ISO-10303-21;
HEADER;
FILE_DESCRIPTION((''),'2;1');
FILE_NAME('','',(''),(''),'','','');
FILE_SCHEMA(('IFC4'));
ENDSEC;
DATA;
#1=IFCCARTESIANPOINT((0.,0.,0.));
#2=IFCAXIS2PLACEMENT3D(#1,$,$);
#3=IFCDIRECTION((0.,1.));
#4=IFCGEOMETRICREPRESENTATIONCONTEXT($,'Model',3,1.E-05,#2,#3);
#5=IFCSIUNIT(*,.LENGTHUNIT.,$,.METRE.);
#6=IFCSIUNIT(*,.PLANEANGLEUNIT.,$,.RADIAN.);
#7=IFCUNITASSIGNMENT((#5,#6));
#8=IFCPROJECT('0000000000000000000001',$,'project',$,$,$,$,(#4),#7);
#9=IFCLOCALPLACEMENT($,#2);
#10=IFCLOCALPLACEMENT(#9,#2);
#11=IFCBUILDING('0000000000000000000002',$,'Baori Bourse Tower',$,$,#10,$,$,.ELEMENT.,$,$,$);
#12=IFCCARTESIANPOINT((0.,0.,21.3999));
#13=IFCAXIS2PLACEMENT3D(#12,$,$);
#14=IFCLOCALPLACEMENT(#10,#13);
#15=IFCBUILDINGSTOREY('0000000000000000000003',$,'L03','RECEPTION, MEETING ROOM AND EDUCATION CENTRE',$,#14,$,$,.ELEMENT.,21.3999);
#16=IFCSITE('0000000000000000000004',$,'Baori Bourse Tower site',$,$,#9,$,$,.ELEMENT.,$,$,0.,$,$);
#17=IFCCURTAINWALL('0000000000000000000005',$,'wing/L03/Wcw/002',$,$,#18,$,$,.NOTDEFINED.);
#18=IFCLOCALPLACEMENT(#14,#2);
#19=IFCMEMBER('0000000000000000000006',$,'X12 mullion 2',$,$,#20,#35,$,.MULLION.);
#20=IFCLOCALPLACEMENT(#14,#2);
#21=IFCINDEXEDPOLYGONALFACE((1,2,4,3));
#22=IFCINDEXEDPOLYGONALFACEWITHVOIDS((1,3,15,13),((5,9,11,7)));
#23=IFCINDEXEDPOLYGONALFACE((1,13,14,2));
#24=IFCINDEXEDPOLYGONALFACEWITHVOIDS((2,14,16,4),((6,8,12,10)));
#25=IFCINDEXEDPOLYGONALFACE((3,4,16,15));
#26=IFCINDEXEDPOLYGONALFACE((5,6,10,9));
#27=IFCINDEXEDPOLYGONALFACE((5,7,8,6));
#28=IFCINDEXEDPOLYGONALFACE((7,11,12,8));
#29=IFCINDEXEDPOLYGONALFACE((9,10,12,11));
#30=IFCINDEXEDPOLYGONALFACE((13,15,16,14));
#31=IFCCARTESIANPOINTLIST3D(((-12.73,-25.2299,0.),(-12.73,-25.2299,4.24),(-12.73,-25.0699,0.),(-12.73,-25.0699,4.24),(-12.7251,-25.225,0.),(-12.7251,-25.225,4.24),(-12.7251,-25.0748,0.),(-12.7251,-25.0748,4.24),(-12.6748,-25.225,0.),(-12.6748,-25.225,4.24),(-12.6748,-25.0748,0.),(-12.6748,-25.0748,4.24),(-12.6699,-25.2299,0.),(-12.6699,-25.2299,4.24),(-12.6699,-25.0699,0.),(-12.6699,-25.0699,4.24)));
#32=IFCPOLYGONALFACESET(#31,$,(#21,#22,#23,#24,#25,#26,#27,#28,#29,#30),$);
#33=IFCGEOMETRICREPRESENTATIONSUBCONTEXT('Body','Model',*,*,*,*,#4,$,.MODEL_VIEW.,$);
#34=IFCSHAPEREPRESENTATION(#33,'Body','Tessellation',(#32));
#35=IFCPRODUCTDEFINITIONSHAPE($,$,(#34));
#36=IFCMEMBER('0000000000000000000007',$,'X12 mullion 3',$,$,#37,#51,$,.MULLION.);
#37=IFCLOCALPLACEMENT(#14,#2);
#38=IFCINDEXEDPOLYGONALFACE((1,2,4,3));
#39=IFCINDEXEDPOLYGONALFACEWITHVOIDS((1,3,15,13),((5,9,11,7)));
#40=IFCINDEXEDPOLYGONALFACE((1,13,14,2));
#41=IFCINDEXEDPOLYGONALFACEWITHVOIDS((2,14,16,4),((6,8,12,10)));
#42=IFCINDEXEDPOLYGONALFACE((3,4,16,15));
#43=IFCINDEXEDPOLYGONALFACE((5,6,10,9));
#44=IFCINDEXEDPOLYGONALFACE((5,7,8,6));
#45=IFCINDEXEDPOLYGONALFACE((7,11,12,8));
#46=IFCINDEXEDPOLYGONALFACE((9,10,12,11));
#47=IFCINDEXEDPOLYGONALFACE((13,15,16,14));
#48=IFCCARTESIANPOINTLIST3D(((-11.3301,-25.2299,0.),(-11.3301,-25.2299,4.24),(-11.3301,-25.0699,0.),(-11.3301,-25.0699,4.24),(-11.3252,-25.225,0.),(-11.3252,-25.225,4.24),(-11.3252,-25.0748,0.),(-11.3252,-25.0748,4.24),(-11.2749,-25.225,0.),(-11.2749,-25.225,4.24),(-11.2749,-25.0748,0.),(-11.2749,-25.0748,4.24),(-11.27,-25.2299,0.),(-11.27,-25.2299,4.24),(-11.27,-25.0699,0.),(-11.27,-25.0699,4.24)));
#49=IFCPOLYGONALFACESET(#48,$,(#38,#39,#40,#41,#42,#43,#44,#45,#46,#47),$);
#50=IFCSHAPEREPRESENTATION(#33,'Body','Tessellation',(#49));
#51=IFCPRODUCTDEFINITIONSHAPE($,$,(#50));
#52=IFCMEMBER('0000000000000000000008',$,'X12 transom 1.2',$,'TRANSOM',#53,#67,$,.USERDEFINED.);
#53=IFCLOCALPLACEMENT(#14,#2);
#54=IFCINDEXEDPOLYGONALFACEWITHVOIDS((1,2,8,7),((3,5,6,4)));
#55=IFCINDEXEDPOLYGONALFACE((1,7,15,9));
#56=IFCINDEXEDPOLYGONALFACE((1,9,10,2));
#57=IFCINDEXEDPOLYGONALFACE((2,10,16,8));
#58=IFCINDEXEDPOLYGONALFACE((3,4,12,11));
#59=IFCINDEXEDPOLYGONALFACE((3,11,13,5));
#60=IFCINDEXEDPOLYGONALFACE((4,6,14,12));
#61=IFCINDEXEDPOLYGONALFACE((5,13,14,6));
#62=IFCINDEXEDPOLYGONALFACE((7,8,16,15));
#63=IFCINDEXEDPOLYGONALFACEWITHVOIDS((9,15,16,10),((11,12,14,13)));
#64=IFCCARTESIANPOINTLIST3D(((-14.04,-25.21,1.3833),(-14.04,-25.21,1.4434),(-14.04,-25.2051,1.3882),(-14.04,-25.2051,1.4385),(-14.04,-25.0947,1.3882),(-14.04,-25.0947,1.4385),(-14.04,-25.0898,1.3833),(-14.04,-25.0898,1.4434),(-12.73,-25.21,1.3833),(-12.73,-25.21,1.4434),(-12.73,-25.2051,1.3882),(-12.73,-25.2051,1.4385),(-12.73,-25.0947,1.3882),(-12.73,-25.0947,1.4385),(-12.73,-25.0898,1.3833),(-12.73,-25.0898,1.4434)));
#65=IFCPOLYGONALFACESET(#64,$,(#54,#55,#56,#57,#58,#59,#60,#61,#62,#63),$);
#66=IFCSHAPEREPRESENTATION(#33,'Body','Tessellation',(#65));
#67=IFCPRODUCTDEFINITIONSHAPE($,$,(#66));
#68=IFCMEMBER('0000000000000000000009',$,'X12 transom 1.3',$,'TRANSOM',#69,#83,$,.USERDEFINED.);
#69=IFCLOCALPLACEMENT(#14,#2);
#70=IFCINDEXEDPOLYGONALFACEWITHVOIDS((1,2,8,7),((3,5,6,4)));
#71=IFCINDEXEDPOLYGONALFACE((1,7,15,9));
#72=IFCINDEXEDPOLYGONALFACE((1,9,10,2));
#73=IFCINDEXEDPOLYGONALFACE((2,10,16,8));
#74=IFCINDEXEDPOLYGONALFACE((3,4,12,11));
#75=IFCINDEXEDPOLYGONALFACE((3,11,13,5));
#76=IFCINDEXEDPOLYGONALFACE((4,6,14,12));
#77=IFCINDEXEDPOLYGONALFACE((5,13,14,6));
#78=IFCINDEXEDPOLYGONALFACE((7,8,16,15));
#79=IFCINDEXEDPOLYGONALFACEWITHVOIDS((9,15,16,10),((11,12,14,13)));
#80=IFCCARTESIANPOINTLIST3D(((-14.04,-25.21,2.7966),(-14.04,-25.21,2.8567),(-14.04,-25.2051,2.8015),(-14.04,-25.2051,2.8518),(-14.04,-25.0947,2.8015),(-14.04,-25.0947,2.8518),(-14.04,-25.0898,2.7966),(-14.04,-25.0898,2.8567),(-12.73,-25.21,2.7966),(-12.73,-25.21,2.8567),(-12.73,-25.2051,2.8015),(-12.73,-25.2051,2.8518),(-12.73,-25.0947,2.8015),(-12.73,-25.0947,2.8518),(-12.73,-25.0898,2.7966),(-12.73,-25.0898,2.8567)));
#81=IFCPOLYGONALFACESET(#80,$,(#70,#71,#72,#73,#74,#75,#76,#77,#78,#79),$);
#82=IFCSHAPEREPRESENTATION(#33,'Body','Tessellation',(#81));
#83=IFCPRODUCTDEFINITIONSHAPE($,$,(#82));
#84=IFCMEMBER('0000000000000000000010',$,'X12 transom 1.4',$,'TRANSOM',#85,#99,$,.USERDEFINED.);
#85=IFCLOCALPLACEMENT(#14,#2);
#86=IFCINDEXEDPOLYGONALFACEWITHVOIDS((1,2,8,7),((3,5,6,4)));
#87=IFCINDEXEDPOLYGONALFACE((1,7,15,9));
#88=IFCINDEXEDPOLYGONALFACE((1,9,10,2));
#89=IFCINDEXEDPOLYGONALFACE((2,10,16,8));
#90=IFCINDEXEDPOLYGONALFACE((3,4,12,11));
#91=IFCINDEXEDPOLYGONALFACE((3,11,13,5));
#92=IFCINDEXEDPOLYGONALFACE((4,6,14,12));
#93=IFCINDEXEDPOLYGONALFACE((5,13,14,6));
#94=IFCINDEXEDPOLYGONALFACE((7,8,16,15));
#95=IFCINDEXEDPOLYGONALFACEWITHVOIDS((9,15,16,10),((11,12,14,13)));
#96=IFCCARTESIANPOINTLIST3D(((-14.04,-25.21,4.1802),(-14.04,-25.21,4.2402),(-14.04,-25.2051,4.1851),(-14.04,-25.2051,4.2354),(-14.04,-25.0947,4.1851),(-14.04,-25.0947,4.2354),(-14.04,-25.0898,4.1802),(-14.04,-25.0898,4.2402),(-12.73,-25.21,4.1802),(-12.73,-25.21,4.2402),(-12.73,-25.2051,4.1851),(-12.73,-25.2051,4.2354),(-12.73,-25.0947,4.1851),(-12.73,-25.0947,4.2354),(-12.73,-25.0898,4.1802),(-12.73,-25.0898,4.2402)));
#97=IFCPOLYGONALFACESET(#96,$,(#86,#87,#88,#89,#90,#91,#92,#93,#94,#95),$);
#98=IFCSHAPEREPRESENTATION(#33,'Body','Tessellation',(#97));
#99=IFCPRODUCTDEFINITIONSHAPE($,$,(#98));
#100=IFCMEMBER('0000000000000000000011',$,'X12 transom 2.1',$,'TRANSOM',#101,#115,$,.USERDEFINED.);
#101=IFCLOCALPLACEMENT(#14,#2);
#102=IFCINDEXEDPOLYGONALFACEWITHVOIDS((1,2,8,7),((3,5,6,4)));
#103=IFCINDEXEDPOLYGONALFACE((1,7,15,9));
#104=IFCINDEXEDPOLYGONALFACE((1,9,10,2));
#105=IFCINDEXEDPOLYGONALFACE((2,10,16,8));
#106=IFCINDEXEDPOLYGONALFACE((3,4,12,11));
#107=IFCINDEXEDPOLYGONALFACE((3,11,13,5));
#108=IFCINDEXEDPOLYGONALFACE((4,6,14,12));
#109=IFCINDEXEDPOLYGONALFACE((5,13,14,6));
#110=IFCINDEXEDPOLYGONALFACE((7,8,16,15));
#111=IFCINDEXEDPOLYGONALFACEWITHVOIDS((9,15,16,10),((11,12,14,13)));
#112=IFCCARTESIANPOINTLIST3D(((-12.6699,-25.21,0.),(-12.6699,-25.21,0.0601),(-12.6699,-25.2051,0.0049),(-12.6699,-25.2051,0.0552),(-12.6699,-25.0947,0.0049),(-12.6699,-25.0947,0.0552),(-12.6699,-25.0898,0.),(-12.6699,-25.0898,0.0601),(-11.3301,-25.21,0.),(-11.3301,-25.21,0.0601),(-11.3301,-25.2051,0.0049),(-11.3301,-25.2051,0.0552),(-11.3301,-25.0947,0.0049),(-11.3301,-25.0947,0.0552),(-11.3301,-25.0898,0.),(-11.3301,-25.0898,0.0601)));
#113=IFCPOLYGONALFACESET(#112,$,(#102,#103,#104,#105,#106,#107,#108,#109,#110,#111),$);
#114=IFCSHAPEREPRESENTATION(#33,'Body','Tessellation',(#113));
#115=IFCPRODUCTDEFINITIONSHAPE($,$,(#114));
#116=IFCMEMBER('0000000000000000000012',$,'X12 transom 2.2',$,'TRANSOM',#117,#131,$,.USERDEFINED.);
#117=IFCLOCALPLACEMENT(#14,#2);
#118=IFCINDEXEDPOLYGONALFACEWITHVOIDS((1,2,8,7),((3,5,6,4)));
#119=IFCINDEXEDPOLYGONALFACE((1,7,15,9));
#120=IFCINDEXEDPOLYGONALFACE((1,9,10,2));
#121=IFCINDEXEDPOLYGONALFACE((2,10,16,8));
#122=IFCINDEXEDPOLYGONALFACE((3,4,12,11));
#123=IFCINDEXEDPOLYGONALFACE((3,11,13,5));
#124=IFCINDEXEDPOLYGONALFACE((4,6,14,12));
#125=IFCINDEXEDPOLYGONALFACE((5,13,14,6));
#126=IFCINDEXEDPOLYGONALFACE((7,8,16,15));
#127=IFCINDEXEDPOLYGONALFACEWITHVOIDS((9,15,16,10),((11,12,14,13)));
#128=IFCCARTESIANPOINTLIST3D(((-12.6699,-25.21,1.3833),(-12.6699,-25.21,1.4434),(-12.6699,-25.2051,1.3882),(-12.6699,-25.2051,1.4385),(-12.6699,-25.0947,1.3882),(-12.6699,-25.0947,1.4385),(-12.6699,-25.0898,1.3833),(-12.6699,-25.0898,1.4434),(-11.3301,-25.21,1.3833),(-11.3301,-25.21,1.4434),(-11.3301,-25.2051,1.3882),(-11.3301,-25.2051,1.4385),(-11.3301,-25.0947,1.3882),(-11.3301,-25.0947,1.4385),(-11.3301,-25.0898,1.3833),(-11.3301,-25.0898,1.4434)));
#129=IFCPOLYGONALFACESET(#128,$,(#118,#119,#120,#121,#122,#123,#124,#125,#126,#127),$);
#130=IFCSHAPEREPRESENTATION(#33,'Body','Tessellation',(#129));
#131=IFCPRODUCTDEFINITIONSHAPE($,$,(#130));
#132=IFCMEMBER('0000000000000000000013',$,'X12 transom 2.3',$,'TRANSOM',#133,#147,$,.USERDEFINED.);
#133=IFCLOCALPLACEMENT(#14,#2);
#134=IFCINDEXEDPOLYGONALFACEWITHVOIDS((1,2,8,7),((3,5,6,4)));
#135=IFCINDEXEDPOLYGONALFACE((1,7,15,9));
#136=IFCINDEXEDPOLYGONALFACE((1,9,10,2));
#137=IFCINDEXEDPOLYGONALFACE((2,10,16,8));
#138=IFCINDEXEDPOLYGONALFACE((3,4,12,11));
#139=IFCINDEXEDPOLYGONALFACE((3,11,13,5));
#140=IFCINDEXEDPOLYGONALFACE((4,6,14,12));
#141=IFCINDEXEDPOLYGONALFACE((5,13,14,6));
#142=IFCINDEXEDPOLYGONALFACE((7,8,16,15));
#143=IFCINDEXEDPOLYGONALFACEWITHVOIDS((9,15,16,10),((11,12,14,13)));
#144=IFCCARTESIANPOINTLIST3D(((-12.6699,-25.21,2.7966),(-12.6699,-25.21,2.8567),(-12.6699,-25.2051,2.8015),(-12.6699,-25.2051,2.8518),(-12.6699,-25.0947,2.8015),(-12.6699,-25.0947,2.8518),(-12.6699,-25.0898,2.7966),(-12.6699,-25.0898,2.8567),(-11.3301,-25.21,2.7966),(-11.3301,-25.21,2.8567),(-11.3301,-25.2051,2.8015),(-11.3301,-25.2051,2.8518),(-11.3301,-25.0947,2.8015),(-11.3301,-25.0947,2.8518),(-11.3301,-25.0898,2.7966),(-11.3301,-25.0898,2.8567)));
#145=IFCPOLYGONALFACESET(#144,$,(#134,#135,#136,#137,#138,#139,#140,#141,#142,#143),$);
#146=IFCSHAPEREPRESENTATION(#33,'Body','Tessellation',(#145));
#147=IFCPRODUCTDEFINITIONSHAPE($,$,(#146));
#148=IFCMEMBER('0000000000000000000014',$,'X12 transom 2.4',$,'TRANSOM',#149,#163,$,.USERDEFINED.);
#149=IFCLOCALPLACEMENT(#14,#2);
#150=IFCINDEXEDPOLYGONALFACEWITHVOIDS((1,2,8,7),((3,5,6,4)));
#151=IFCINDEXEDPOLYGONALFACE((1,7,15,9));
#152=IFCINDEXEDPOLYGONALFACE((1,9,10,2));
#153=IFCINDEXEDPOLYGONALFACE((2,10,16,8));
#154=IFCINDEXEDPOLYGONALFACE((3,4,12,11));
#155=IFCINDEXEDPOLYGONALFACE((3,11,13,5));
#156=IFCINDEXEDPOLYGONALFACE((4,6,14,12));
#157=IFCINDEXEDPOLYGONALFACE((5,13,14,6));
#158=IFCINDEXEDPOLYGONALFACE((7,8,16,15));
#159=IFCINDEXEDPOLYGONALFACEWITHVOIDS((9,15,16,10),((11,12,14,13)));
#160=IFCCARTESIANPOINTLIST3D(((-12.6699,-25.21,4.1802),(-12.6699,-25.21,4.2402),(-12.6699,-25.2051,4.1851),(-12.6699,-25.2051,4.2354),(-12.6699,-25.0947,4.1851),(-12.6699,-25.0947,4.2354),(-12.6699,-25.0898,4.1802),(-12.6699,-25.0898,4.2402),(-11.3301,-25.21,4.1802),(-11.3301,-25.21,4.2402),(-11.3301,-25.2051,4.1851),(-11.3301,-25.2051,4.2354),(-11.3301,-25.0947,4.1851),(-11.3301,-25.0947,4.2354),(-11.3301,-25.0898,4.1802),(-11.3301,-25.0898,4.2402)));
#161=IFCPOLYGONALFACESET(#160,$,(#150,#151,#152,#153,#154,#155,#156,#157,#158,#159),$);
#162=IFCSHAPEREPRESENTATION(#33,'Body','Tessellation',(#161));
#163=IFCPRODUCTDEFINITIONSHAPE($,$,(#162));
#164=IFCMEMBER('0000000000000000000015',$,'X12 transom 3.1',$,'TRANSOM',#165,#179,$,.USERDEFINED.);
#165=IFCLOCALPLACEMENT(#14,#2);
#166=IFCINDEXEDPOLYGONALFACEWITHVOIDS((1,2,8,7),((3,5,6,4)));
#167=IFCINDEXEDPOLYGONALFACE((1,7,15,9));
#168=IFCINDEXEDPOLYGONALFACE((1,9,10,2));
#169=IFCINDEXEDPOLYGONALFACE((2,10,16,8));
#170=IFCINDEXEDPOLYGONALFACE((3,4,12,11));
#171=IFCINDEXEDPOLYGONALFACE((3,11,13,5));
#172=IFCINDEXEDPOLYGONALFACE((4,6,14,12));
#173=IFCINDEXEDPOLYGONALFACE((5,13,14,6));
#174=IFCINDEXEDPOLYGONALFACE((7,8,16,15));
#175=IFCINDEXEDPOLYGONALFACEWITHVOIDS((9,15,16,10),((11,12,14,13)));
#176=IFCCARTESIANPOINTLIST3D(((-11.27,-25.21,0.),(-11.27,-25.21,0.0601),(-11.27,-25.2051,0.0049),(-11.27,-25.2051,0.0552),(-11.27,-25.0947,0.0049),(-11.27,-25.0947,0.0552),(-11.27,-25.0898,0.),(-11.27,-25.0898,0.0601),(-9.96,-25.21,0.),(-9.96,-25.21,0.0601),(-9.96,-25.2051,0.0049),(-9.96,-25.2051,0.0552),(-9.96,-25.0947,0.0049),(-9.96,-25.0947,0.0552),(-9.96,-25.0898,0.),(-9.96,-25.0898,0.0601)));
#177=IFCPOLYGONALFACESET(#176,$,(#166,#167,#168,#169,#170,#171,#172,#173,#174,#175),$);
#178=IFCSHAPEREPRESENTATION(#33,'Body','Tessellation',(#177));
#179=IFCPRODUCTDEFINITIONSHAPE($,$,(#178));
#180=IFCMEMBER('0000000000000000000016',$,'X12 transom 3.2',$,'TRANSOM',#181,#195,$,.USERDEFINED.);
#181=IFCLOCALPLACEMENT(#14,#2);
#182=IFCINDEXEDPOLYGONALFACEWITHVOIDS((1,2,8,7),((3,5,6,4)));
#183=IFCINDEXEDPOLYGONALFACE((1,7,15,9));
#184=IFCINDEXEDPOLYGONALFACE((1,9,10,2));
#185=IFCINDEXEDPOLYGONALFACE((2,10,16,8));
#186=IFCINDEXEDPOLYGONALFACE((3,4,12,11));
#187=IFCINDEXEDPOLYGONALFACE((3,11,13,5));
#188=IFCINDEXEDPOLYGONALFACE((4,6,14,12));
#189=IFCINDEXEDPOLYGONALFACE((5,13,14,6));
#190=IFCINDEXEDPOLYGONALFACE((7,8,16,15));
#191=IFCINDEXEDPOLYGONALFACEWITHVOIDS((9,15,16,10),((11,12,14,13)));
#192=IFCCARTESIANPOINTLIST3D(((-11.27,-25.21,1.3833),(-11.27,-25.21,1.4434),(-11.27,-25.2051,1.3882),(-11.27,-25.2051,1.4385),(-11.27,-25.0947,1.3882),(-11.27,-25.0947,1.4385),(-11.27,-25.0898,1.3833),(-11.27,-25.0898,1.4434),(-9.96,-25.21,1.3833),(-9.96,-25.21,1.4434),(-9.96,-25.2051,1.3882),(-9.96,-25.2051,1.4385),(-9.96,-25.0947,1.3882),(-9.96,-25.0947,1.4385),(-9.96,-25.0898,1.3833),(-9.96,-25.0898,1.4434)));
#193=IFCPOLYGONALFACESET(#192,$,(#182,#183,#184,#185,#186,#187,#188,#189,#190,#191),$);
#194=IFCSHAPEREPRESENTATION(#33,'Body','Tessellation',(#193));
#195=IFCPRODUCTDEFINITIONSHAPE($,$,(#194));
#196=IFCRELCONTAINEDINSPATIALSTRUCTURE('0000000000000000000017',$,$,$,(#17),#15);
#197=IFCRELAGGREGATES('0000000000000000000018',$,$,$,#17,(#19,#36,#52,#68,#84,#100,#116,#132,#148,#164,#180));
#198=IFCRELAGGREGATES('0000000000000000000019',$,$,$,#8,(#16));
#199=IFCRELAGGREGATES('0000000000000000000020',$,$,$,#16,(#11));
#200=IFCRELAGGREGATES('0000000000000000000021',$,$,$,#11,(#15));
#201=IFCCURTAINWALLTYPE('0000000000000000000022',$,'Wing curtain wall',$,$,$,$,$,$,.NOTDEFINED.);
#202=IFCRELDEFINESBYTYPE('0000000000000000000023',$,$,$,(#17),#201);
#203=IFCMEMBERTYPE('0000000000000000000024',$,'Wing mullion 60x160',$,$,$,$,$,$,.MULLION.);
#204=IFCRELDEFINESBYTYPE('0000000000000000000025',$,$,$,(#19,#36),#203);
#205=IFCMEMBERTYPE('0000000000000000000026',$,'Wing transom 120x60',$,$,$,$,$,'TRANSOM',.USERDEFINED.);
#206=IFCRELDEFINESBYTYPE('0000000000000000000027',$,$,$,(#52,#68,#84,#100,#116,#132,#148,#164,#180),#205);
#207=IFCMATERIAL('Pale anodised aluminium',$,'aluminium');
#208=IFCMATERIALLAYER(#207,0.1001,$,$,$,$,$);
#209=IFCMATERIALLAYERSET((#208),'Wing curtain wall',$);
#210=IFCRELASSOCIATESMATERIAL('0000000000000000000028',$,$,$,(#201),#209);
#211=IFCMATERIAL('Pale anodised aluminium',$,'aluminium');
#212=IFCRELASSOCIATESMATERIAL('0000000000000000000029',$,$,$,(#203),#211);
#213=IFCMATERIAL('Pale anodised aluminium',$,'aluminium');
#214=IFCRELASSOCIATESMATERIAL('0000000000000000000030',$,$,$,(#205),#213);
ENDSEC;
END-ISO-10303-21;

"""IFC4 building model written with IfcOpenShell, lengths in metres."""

from ifc_helpers import new_model, si_unit, direction, frame, origin, origin_2d, place, context, subcontext, project, spatial, hollow_rectangle, extrude, material, layer, layer_set, material_profile, profile_set, type_object, element, aggregate, save


model = new_model("IFC4")

# Units and contexts
model_context = context("Model", 3, precision=1e-05, world=origin(), true_north=direction((0.0, 1.0)))
body_context = subcontext(model_context, "Body", "Model", "MODEL_VIEW")
ifc_project = project(units=[si_unit("LENGTHUNIT", "METRE"), si_unit("PLANEANGLEUNIT", "RADIAN")], contexts=[model_context])

# Site, building, storey
site_placement = place(None, origin())
site = spatial("IfcSite", under=ifc_project, at=site_placement, Name="Baori Bourse Tower site", CompositionType="ELEMENT", RefElevation=0.0)
building_placement = place(site_placement, origin())
building = spatial("IfcBuilding", under=site, at=building_placement, Name="Baori Bourse Tower", CompositionType="ELEMENT")
storey_placement = place(building_placement, frame((0.0, 0.0, 21.3999)))
storey = spatial("IfcBuildingStorey", under=building, at=storey_placement, Name="L03", Description="RECEPTION, MEETING ROOM AND EDUCATION CENTRE", CompositionType="ELEMENT", Elevation=21.3999)

# Curtain wall, members
ifc_material_1 = material(Name="Pale anodised aluminium", Category="aluminium")
ifc_layer_1 = layer(ifc_material_1, 0.1001)
ifc_layer_set_1 = layer_set([ifc_layer_1], Name="Wing curtain wall")
curtain_wall_type = type_object("IfcCurtainWallType", Name="Wing curtain wall", PredefinedType="NOTDEFINED", material=ifc_layer_set_1)
curtain_wall_placement = place(storey_placement, origin())
curtain_wall = element("IfcCurtainWall", 1, at=curtain_wall_placement, inside=storey, type_object=curtain_wall_type, Name="wing/L03/Wcw/002", PredefinedType="NOTDEFINED")
ifc_material_2 = material(Name="Pale anodised aluminium", Category="aluminium")
ifc_material_profile_1 = material_profile(ifc_material_2, hollow_rectangle(XDim=0.1599, YDim=0.0601, WallThickness=0.0049, at=origin_2d()), Name="Mullion 160x60x5")
ifc_profile_set_1 = profile_set([ifc_material_profile_1], Name="Pale anodised aluminium")
member_type_1 = type_object("IfcMemberType", Name="Wing mullion 60x160", PredefinedType="MULLION", material=ifc_profile_set_1)
member_1_placement = place(storey_placement, frame((-12.7, -25.1499, 0.0), z_axis=(0.0, 0.0, 1.0), x_axis=(0.0, 1.0, 0.0)))
member_1 = element("IfcMember", 2, at=member_1_placement, type_object=member_type_1, Name="X12 mullion 2", PredefinedType="MULLION", context=body_context, shape_type="SweptSolid", body=[
    extrude(hollow_rectangle(XDim=0.1599, YDim=0.0601, WallThickness=0.0049, at=origin_2d()), origin(), (0.0, 0.0, 1.0), 4.24),
])
member_2_placement = place(storey_placement, frame((-11.3, -25.1499, 0.0), z_axis=(0.0, 0.0, 1.0), x_axis=(0.0, 1.0, 0.0)))
member_2 = element("IfcMember", 3, at=member_2_placement, type_object=member_type_1, Name="X12 mullion 3", PredefinedType="MULLION", context=body_context, shape_type="SweptSolid", body=[
    extrude(hollow_rectangle(XDim=0.1599, YDim=0.0601, WallThickness=0.0049, at=origin_2d()), origin(), (0.0, 0.0, 1.0), 4.24),
])
ifc_material_3 = material(Name="Pale anodised aluminium", Category="aluminium")
ifc_material_profile_2 = material_profile(ifc_material_3, hollow_rectangle(XDim=0.1201, YDim=0.0601, WallThickness=0.0049, at=origin_2d()), Name="Transom 120x60x5")
ifc_profile_set_2 = profile_set([ifc_material_profile_2], Name="Pale anodised aluminium")
member_type_2 = type_object("IfcMemberType", Name="Wing transom 120x60", ElementType="TRANSOM", PredefinedType="USERDEFINED", material=ifc_profile_set_2)
member_3_placement = place(storey_placement, frame((-14.04, -25.1499, 1.4133), z_axis=(1.0, 0.0, 0.0), x_axis=(0.0, 1.0, 0.0)))
member_3 = element("IfcMember", 4, at=member_3_placement, type_object=member_type_2, Name="X12 transom 1.2", ObjectType="TRANSOM", PredefinedType="USERDEFINED", context=body_context, shape_type="SweptSolid", body=[
    extrude(hollow_rectangle(XDim=0.1201, YDim=0.0601, WallThickness=0.0049, at=origin_2d()), origin(), (0.0, 0.0, 1.0), 1.3101),
])
member_4_placement = place(storey_placement, frame((-14.04, -25.1499, 2.8267), z_axis=(1.0, 0.0, 0.0), x_axis=(0.0, 1.0, 0.0)))
member_4 = element("IfcMember", 5, at=member_4_placement, type_object=member_type_2, Name="X12 transom 1.3", ObjectType="TRANSOM", PredefinedType="USERDEFINED", context=body_context, shape_type="SweptSolid", body=[
    extrude(hollow_rectangle(XDim=0.1201, YDim=0.0601, WallThickness=0.0049, at=origin_2d()), origin(), (0.0, 0.0, 1.0), 1.3101),
])
member_5_placement = place(storey_placement, frame((-14.04, -25.1499, 4.2102), z_axis=(1.0, 0.0, 0.0), x_axis=(0.0, 1.0, 0.0)))
member_5 = element("IfcMember", 6, at=member_5_placement, type_object=member_type_2, Name="X12 transom 1.4", ObjectType="TRANSOM", PredefinedType="USERDEFINED", context=body_context, shape_type="SweptSolid", body=[
    extrude(hollow_rectangle(XDim=0.1201, YDim=0.0601, WallThickness=0.0049, at=origin_2d()), origin(), (0.0, 0.0, 1.0), 1.3101),
])
member_6_placement = place(storey_placement, frame((-12.6699, -25.1499, 0.03), z_axis=(1.0, 0.0, 0.0), x_axis=(0.0, 1.0, 0.0)))
member_6 = element("IfcMember", 7, at=member_6_placement, type_object=member_type_2, Name="X12 transom 2.1", ObjectType="TRANSOM", PredefinedType="USERDEFINED", context=body_context, shape_type="SweptSolid", body=[
    extrude(hollow_rectangle(XDim=0.1201, YDim=0.0601, WallThickness=0.0049, at=origin_2d()), origin(), (0.0, 0.0, 1.0), 1.3398),
])
member_7_placement = place(storey_placement, frame((-12.6699, -25.1499, 1.4133), z_axis=(1.0, 0.0, 0.0), x_axis=(0.0, 1.0, 0.0)))
member_7 = element("IfcMember", 8, at=member_7_placement, type_object=member_type_2, Name="X12 transom 2.2", ObjectType="TRANSOM", PredefinedType="USERDEFINED", context=body_context, shape_type="SweptSolid", body=[
    extrude(hollow_rectangle(XDim=0.1201, YDim=0.0601, WallThickness=0.0049, at=origin_2d()), origin(), (0.0, 0.0, 1.0), 1.3398),
])
member_8_placement = place(storey_placement, frame((-12.6699, -25.1499, 2.8267), z_axis=(1.0, 0.0, 0.0), x_axis=(0.0, 1.0, 0.0)))
member_8 = element("IfcMember", 9, at=member_8_placement, type_object=member_type_2, Name="X12 transom 2.3", ObjectType="TRANSOM", PredefinedType="USERDEFINED", context=body_context, shape_type="SweptSolid", body=[
    extrude(hollow_rectangle(XDim=0.1201, YDim=0.0601, WallThickness=0.0049, at=origin_2d()), origin(), (0.0, 0.0, 1.0), 1.3398),
])
member_9_placement = place(storey_placement, frame((-12.6699, -25.1499, 4.2102), z_axis=(1.0, 0.0, 0.0), x_axis=(0.0, 1.0, 0.0)))
member_9 = element("IfcMember", 10, at=member_9_placement, type_object=member_type_2, Name="X12 transom 2.4", ObjectType="TRANSOM", PredefinedType="USERDEFINED", context=body_context, shape_type="SweptSolid", body=[
    extrude(hollow_rectangle(XDim=0.1201, YDim=0.0601, WallThickness=0.0049, at=origin_2d()), origin(), (0.0, 0.0, 1.0), 1.3398),
])
member_10_placement = place(storey_placement, frame((-11.27, -25.1499, 0.03), z_axis=(1.0, 0.0, 0.0), x_axis=(0.0, 1.0, 0.0)))
member_10 = element("IfcMember", 11, at=member_10_placement, type_object=member_type_2, Name="X12 transom 3.1", ObjectType="TRANSOM", PredefinedType="USERDEFINED", context=body_context, shape_type="SweptSolid", body=[
    extrude(hollow_rectangle(XDim=0.1201, YDim=0.0601, WallThickness=0.0049, at=origin_2d()), origin(), (0.0, 0.0, 1.0), 1.3101),
])
member_11_placement = place(storey_placement, frame((-11.27, -25.1499, 1.4133), z_axis=(1.0, 0.0, 0.0), x_axis=(0.0, 1.0, 0.0)))
member_11 = element("IfcMember", 12, at=member_11_placement, type_object=member_type_2, Name="X12 transom 3.2", ObjectType="TRANSOM", PredefinedType="USERDEFINED", context=body_context, shape_type="SweptSolid", body=[
    extrude(hollow_rectangle(XDim=0.1201, YDim=0.0601, WallThickness=0.0049, at=origin_2d()), origin(), (0.0, 0.0, 1.0), 1.3101),
])
aggregate(curtain_wall, [member_1, member_2, member_3, member_4, member_5, member_6, member_7, member_8, member_9, member_10, member_11])

save(model, "model.ifc")
